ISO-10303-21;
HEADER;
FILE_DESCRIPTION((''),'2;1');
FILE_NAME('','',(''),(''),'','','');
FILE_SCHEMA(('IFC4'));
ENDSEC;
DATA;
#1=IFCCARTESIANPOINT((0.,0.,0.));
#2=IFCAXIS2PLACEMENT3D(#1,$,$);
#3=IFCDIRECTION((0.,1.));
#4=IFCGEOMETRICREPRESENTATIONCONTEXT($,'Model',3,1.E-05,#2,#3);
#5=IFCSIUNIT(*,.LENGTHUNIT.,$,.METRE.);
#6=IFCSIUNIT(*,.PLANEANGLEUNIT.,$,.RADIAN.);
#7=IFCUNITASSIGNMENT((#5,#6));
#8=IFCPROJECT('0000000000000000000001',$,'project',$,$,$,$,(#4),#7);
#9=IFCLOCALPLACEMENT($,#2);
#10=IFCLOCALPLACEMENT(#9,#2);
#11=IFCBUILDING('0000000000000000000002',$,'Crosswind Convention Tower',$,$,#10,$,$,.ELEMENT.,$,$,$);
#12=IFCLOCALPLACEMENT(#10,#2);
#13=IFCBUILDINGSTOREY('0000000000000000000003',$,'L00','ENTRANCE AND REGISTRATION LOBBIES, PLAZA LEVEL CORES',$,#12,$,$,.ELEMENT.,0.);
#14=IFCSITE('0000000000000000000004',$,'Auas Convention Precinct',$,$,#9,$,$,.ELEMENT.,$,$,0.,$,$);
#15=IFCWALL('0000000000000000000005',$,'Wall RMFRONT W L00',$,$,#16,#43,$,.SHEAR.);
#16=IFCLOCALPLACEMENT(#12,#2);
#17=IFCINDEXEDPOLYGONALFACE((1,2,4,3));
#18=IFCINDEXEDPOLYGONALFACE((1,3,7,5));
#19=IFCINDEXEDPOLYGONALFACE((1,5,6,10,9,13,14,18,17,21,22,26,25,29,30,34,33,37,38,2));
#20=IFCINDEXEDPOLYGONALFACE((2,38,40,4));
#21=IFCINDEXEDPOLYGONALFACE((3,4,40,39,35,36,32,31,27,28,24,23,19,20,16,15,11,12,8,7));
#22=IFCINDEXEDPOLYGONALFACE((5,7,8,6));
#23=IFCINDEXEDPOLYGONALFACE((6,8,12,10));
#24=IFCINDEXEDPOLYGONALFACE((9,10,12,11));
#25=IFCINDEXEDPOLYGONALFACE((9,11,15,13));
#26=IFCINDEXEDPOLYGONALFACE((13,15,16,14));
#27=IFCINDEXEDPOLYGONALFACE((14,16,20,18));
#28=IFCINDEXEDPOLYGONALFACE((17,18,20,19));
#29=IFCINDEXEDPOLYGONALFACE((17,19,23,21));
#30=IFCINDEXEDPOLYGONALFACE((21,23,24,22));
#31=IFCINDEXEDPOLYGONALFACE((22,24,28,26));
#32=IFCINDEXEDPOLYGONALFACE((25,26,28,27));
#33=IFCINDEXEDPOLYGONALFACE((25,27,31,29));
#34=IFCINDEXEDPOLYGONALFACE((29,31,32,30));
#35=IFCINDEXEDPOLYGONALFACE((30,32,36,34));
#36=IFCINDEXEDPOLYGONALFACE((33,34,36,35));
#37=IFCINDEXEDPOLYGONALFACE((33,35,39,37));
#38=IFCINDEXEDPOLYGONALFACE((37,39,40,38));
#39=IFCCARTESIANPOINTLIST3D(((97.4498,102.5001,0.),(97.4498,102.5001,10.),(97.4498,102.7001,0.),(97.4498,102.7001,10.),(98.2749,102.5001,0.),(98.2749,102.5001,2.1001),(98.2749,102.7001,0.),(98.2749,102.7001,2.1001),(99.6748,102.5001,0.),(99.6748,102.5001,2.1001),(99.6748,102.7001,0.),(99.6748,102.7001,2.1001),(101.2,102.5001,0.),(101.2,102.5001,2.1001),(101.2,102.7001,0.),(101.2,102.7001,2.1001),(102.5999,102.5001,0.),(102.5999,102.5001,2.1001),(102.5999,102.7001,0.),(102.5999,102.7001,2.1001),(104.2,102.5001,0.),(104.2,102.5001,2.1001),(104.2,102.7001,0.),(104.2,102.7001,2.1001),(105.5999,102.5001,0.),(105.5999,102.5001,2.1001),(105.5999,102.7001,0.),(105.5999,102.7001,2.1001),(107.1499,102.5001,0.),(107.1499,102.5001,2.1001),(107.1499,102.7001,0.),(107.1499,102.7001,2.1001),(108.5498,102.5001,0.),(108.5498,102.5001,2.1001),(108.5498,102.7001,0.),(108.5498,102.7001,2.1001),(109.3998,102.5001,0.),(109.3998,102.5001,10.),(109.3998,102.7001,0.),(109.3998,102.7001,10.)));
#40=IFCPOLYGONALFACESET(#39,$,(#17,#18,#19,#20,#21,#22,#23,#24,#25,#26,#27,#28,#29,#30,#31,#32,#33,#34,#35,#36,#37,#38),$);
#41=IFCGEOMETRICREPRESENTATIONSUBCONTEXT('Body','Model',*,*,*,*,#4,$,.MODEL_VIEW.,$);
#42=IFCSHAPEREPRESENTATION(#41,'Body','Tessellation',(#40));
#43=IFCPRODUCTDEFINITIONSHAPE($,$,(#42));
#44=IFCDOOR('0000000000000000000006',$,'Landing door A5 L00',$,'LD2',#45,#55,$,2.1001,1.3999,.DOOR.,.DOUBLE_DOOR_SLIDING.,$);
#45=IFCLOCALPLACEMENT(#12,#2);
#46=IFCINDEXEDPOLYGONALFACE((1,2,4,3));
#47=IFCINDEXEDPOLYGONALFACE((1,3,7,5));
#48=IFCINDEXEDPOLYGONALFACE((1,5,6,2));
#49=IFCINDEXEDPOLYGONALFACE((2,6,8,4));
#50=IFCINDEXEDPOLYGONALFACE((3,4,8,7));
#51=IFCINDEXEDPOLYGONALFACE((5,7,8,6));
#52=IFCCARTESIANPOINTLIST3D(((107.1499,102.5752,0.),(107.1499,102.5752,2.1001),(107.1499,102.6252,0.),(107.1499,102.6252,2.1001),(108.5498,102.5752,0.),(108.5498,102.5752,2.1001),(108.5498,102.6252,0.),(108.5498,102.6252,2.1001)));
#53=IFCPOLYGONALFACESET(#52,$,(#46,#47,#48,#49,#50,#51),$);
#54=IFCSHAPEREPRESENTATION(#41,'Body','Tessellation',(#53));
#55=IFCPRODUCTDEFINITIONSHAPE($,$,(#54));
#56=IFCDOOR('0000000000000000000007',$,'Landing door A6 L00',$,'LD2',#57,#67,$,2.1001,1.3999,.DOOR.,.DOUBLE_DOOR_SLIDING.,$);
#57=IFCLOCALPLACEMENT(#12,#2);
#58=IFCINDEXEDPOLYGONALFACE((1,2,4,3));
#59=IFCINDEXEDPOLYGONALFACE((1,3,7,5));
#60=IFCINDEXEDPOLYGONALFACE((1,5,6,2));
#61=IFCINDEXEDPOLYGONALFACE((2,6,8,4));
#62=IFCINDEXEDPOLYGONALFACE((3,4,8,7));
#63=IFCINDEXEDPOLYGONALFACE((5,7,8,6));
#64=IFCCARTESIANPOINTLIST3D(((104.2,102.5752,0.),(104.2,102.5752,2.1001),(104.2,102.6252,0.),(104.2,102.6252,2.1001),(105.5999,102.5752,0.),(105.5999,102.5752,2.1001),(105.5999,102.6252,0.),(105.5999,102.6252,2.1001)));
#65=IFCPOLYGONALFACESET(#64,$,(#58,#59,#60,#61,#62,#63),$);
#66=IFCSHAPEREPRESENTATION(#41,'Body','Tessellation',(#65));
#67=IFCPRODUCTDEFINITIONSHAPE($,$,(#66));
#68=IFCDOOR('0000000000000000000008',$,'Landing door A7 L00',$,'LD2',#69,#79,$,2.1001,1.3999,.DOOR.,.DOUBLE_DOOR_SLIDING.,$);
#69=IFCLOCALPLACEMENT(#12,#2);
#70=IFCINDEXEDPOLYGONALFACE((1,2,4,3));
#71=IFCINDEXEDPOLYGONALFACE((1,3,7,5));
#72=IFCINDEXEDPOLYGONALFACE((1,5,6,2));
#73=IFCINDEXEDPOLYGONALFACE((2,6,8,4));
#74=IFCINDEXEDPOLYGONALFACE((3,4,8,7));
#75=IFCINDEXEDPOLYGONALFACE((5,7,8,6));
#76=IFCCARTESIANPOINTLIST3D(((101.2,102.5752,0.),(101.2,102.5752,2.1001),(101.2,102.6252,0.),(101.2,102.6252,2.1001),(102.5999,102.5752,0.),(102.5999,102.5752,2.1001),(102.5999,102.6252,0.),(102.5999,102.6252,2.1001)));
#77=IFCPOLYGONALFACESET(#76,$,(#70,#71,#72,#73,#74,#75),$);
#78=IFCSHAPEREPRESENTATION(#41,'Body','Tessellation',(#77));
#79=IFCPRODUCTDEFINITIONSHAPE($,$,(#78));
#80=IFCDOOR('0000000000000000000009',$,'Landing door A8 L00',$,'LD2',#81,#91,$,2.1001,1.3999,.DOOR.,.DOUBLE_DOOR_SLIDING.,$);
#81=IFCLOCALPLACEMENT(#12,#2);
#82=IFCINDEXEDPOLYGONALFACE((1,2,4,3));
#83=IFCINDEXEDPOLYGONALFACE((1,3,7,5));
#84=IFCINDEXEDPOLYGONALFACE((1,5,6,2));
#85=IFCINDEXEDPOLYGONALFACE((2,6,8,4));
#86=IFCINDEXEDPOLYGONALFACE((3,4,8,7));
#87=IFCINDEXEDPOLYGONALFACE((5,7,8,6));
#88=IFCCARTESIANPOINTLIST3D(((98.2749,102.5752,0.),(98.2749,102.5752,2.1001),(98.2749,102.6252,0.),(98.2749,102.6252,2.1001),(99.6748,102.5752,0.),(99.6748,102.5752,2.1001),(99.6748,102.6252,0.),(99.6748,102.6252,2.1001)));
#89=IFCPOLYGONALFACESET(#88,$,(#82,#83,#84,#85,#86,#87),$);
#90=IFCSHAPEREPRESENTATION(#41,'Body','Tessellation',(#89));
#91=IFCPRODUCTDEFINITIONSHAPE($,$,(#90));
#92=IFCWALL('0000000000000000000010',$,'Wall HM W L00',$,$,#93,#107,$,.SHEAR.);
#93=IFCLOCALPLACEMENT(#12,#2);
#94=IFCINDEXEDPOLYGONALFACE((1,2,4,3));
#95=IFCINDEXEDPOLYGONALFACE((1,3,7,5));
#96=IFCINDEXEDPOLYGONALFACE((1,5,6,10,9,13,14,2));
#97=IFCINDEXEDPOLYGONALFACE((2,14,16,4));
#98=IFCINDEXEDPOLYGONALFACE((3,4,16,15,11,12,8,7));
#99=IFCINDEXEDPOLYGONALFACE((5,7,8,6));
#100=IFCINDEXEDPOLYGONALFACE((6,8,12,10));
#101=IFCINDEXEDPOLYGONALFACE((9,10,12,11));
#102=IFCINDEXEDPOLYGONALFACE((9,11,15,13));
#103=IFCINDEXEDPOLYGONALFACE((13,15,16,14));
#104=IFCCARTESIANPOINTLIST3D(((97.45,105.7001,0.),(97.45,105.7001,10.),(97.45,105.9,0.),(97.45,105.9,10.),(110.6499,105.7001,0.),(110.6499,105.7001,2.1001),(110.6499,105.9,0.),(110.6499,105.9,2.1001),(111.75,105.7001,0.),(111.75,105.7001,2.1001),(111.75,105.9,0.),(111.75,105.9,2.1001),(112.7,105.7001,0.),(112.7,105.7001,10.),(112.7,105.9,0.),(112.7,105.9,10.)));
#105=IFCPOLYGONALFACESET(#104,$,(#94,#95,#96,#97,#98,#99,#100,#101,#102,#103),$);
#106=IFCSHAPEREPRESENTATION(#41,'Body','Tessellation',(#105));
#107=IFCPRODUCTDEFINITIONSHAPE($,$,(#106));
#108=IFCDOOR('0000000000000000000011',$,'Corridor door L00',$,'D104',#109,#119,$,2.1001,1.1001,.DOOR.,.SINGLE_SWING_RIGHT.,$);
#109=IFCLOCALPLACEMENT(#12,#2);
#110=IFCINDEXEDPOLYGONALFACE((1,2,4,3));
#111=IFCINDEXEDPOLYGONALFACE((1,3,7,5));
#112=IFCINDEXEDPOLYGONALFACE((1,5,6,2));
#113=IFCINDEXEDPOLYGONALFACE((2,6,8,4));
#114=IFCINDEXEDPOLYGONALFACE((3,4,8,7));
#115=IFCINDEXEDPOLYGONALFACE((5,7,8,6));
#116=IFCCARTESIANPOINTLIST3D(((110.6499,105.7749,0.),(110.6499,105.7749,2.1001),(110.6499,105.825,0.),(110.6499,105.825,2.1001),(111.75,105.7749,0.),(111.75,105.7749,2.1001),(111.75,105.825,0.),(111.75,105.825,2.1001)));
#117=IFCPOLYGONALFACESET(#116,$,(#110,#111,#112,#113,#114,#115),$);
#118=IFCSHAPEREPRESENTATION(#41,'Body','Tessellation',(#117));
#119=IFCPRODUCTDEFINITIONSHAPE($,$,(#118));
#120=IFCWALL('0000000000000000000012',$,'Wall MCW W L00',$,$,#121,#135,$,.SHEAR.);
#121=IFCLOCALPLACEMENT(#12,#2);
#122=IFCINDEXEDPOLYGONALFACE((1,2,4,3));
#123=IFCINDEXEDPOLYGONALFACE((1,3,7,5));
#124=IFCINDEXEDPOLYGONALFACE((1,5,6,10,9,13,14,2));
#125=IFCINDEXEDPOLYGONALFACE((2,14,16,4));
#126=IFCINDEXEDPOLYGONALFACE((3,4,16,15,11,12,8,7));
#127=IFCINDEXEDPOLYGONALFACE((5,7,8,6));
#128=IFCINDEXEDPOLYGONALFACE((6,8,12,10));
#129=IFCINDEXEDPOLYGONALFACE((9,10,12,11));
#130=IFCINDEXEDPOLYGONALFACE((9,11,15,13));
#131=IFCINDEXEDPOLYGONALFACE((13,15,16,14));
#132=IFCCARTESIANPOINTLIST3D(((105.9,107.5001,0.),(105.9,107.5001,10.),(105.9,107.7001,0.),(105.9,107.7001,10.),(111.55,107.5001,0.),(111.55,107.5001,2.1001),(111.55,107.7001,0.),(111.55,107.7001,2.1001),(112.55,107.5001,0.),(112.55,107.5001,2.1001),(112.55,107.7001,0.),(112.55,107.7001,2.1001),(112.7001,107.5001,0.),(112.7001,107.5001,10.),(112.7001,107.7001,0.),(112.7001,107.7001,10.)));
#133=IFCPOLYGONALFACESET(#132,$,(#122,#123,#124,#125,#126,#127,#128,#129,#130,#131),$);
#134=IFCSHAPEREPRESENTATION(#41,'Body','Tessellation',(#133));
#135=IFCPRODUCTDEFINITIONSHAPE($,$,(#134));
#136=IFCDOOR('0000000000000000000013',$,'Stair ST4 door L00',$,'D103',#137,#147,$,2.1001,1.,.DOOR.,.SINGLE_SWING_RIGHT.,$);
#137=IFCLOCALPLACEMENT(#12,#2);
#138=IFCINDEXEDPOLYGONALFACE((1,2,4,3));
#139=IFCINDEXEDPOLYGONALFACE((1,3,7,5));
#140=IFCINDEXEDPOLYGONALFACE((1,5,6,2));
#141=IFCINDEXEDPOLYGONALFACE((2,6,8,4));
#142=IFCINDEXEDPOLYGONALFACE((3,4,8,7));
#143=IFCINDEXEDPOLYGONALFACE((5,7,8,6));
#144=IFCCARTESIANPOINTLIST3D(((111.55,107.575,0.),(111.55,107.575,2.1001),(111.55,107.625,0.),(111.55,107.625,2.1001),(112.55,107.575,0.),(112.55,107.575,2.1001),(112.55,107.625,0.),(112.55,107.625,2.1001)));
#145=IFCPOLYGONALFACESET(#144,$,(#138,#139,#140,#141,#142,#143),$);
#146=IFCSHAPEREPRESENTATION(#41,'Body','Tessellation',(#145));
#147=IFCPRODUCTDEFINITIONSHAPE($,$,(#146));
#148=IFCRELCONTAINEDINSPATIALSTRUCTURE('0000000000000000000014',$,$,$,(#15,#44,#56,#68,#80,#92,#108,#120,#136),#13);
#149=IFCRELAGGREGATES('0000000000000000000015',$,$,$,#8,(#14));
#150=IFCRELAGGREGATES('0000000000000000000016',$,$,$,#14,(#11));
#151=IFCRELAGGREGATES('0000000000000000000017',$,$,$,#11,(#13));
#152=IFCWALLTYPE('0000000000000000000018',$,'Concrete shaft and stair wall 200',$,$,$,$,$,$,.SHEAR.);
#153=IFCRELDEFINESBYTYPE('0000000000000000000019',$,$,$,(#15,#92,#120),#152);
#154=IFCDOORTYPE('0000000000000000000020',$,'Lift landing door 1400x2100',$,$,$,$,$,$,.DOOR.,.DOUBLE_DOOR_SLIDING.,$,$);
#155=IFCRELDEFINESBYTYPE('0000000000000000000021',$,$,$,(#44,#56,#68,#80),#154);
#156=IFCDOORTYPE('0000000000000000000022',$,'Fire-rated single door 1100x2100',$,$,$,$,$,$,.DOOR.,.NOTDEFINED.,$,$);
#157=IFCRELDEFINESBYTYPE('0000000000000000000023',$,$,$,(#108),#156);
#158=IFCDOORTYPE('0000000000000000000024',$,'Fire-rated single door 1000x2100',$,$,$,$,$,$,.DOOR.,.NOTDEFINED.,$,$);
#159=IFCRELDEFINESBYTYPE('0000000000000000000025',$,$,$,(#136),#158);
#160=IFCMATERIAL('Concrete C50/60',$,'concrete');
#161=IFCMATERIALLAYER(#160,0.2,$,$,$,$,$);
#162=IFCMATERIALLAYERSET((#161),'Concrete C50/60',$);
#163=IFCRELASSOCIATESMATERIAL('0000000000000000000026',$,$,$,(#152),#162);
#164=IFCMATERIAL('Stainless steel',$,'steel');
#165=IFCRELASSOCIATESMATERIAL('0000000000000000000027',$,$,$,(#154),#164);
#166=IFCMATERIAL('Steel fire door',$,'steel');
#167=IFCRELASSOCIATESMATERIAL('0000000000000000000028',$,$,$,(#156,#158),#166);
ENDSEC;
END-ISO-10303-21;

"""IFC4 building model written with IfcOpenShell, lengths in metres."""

from ifc_helpers import new_model, si_unit, direction, frame, frame_2d, origin, place, context, subcontext, project, spatial, rectangle, extrude, material, layer, layer_set, type_object, element, fill, save


model = new_model("IFC4")

# Units and contexts
model_context = context("Model", 3, precision=1e-05, world=origin(), true_north=direction((0.0, 1.0)))
body_context = subcontext(model_context, "Body", "Model", "MODEL_VIEW")
ifc_project = project(units=[si_unit("LENGTHUNIT", "METRE"), si_unit("PLANEANGLEUNIT", "RADIAN")], contexts=[model_context])

# Site, building, storey
site_placement = place(None, origin())
site = spatial("IfcSite", under=ifc_project, at=site_placement, Name="Auas Convention Precinct", CompositionType="ELEMENT", RefElevation=0.0)
building_placement = place(site_placement, origin())
building = spatial("IfcBuilding", under=site, at=building_placement, Name="Crosswind Convention Tower", CompositionType="ELEMENT")
storey_placement = place(building_placement, origin())
storey = spatial("IfcBuildingStorey", under=building, at=storey_placement, Name="L00", Description="ENTRANCE AND REGISTRATION LOBBIES, PLAZA LEVEL CORES", CompositionType="ELEMENT", Elevation=0.0)

# Shared definitions
ifc_material_1 = material(Name="Concrete C50/60", Category="concrete")

# Shared definitions
ifc_layer_1 = layer(ifc_material_1, 0.2)
ifc_layer_set_1 = layer_set([ifc_layer_1], Name="Concrete C50/60")
wall_type_1 = type_object("IfcWallType", Name="Concrete shaft and stair wall 200", PredefinedType="SHEAR", material=ifc_layer_set_1)

# Wall, openings, doors
wall_1_placement = place(storey_placement, frame((109.3999, 102.6001, 0.0), z_axis=(0.0, 0.0, 1.0), x_axis=(-1.0, 0.0, 0.0)))
wall_1 = element("IfcWall", 1, at=wall_1_placement, inside=storey, type_object=wall_type_1, Name="Wall RMFRONT W L00", PredefinedType="SHEAR", context=body_context, shape_type="SweptSolid", body=[
    extrude(rectangle(XDim=11.95, YDim=0.2, at=frame_2d((5.9751, 0.0))), origin(), (0.0, 0.0, 1.0), 10.0),
])
opening_1_placement = place(wall_1_placement, frame((0.8501, 0.0, 0.0)))
opening_1 = element("IfcOpeningElement", 2, at=opening_1_placement, cuts=wall_1, PredefinedType="OPENING", context=body_context, shape_type="SweptSolid", body=[
    extrude(rectangle(XDim=1.3999, YDim=2.1001, at=frame_2d((0.7, 1.05))), frame((0.0, 0.1099, 0.0), z_axis=(0.0, -1.0, 0.0), x_axis=(1.0, 0.0, 0.0)), (0.0, 0.0, 1.0), 0.22),
])
opening_2_placement = place(wall_1_placement, frame((3.8, 0.0, 0.0)))
opening_2 = element("IfcOpeningElement", 3, at=opening_2_placement, cuts=wall_1, PredefinedType="OPENING", context=body_context, shape_type="SweptSolid", body=[
    extrude(rectangle(XDim=1.3999, YDim=2.1001, at=frame_2d((0.7, 1.05))), frame((0.0, 0.1099, 0.0), z_axis=(0.0, -1.0, 0.0), x_axis=(1.0, 0.0, 0.0)), (0.0, 0.0, 1.0), 0.22),
])
opening_3_placement = place(wall_1_placement, frame((6.8, 0.0, 0.0)))
opening_3 = element("IfcOpeningElement", 4, at=opening_3_placement, cuts=wall_1, PredefinedType="OPENING", context=body_context, shape_type="SweptSolid", body=[
    extrude(rectangle(XDim=1.3999, YDim=2.1001, at=frame_2d((0.7, 1.05))), frame((0.0, 0.1099, 0.0), z_axis=(0.0, -1.0, 0.0), x_axis=(1.0, 0.0, 0.0)), (0.0, 0.0, 1.0), 0.22),
])
opening_4_placement = place(wall_1_placement, frame((9.7251, 0.0, 0.0)))
opening_4 = element("IfcOpeningElement", 5, at=opening_4_placement, cuts=wall_1, PredefinedType="OPENING", context=body_context, shape_type="SweptSolid", body=[
    extrude(rectangle(XDim=1.3999, YDim=2.1001, at=frame_2d((0.7, 1.05))), frame((0.0, 0.1099, 0.0), z_axis=(0.0, -1.0, 0.0), x_axis=(1.0, 0.0, 0.0)), (0.0, 0.0, 1.0), 0.22),
])
ifc_material_2 = material(Name="Stainless steel", Category="steel")
door_type_1 = type_object("IfcDoorType", Name="Lift landing door 1400x2100", OperationType="DOUBLE_DOOR_SLIDING", PredefinedType="DOOR", material=ifc_material_2)
door_1_placement = place(opening_1_placement, origin())
door_1 = element("IfcDoor", 6, at=door_1_placement, inside=storey, type_object=door_type_1, Name="Landing door A5 L00", ObjectType="LD2", OperationType="DOUBLE_DOOR_SLIDING", OverallHeight=2.1001, OverallWidth=1.3999, PredefinedType="DOOR", context=body_context, shape_type="SweptSolid", body=[
    extrude(rectangle(XDim=1.3999, YDim=2.1001, at=frame_2d((0.7, 1.05))), frame((0.0, 0.0249, 0.0), z_axis=(0.0, -1.0, 0.0), x_axis=(1.0, 0.0, 0.0)), (0.0, 0.0, 1.0), 0.05),
])
fill(opening_1, door_1)
door_2_placement = place(opening_2_placement, origin())
door_2 = element("IfcDoor", 7, at=door_2_placement, inside=storey, type_object=door_type_1, Name="Landing door A6 L00", ObjectType="LD2", OperationType="DOUBLE_DOOR_SLIDING", OverallHeight=2.1001, OverallWidth=1.3999, PredefinedType="DOOR", context=body_context, shape_type="SweptSolid", body=[
    extrude(rectangle(XDim=1.3999, YDim=2.1001, at=frame_2d((0.7, 1.05))), frame((0.0, 0.0249, 0.0), z_axis=(0.0, -1.0, 0.0), x_axis=(1.0, 0.0, 0.0)), (0.0, 0.0, 1.0), 0.05),
])
fill(opening_2, door_2)
door_3_placement = place(opening_3_placement, origin())
door_3 = element("IfcDoor", 8, at=door_3_placement, inside=storey, type_object=door_type_1, Name="Landing door A7 L00", ObjectType="LD2", OperationType="DOUBLE_DOOR_SLIDING", OverallHeight=2.1001, OverallWidth=1.3999, PredefinedType="DOOR", context=body_context, shape_type="SweptSolid", body=[
    extrude(rectangle(XDim=1.3999, YDim=2.1001, at=frame_2d((0.7, 1.05))), frame((0.0, 0.0249, 0.0), z_axis=(0.0, -1.0, 0.0), x_axis=(1.0, 0.0, 0.0)), (0.0, 0.0, 1.0), 0.05),
])
fill(opening_3, door_3)
door_4_placement = place(opening_4_placement, origin())
door_4 = element("IfcDoor", 9, at=door_4_placement, inside=storey, type_object=door_type_1, Name="Landing door A8 L00", ObjectType="LD2", OperationType="DOUBLE_DOOR_SLIDING", OverallHeight=2.1001, OverallWidth=1.3999, PredefinedType="DOOR", context=body_context, shape_type="SweptSolid", body=[
    extrude(rectangle(XDim=1.3999, YDim=2.1001, at=frame_2d((0.7, 1.05))), frame((0.0, 0.0249, 0.0), z_axis=(0.0, -1.0, 0.0), x_axis=(1.0, 0.0, 0.0)), (0.0, 0.0, 1.0), 0.05),
])
fill(opening_4, door_4)

# Walls, openings, doors
wall_2_placement = place(storey_placement, frame((112.7, 105.8, 0.0), z_axis=(0.0, 0.0, 1.0), x_axis=(-1.0, 0.0, 0.0)))
wall_2 = element("IfcWall", 10, at=wall_2_placement, inside=storey, type_object=wall_type_1, Name="Wall HM W L00", PredefinedType="SHEAR", context=body_context, shape_type="SweptSolid", body=[
    extrude(rectangle(XDim=15.25, YDim=0.2, at=frame_2d((7.625, 0.0))), origin(), (0.0, 0.0, 1.0), 10.0),
])
opening_5_placement = place(wall_2_placement, frame((0.95, 0.0, 0.0)))
opening_5 = element("IfcOpeningElement", 11, at=opening_5_placement, cuts=wall_2, PredefinedType="OPENING", context=body_context, shape_type="SweptSolid", body=[
    extrude(rectangle(XDim=1.1001, YDim=2.1001, at=frame_2d((0.55, 1.05))), frame((0.0, 0.1099, 0.0), z_axis=(0.0, -1.0, 0.0), x_axis=(1.0, 0.0, 0.0)), (0.0, 0.0, 1.0), 0.22),
])
ifc_material_3 = material(Name="Steel fire door", Category="steel")
door_type_2 = type_object("IfcDoorType", Name="Fire-rated single door 1100x2100", OperationType="NOTDEFINED", PredefinedType="DOOR", material=ifc_material_3)
door_5_placement = place(opening_5_placement, frame((1.1001, 0.0, 0.0), z_axis=(0.0, 0.0, 1.0), x_axis=(-1.0, 0.0, 0.0)))
door_5 = element("IfcDoor", 12, at=door_5_placement, inside=storey, type_object=door_type_2, Name="Corridor door L00", ObjectType="D104", OperationType="SINGLE_SWING_RIGHT", OverallHeight=2.1001, OverallWidth=1.1001, PredefinedType="DOOR", context=body_context, shape_type="SweptSolid", body=[
    extrude(rectangle(XDim=1.1001, YDim=2.1001, at=frame_2d((0.55, 1.05))), frame((0.0, 0.0249, 0.0), z_axis=(0.0, -1.0, 0.0), x_axis=(1.0, 0.0, 0.0)), (0.0, 0.0, 1.0), 0.05),
])
fill(opening_5, door_5)
wall_3_placement = place(storey_placement, frame((112.7, 107.6001, 0.0), z_axis=(0.0, 0.0, 1.0), x_axis=(-1.0, 0.0, 0.0)))
wall_3 = element("IfcWall", 13, at=wall_3_placement, inside=storey, type_object=wall_type_1, Name="Wall MCW W L00", PredefinedType="SHEAR", context=body_context, shape_type="SweptSolid", body=[
    extrude(rectangle(XDim=6.8, YDim=0.2, at=frame_2d((3.3999, 0.0))), origin(), (0.0, 0.0, 1.0), 10.0),
])
opening_6_placement = place(wall_3_placement, frame((0.1499, 0.0, 0.0)))
opening_6 = element("IfcOpeningElement", 14, at=opening_6_placement, cuts=wall_3, PredefinedType="OPENING", context=body_context, shape_type="SweptSolid", body=[
    extrude(rectangle(XDim=1.0, YDim=2.1001, at=frame_2d((0.5, 1.05))), frame((0.0, 0.1099, 0.0), z_axis=(0.0, -1.0, 0.0), x_axis=(1.0, 0.0, 0.0)), (0.0, 0.0, 1.0), 0.22),
])
door_type_3 = type_object("IfcDoorType", Name="Fire-rated single door 1000x2100", OperationType="NOTDEFINED", PredefinedType="DOOR", material=ifc_material_3)
door_6_placement = place(opening_6_placement, frame((1.0, 0.0, 0.0), z_axis=(0.0, 0.0, 1.0), x_axis=(-1.0, 0.0, 0.0)))
door_6 = element("IfcDoor", 15, at=door_6_placement, inside=storey, type_object=door_type_3, Name="Stair ST4 door L00", ObjectType="D103", OperationType="SINGLE_SWING_RIGHT", OverallHeight=2.1001, OverallWidth=1.0, PredefinedType="DOOR", context=body_context, shape_type="SweptSolid", body=[
    extrude(rectangle(XDim=1.0, YDim=2.1001, at=frame_2d((0.5, 1.05))), frame((0.0, 0.0249, 0.0), z_axis=(0.0, -1.0, 0.0), x_axis=(1.0, 0.0, 0.0)), (0.0, 0.0, 1.0), 0.05),
])
fill(opening_6, door_6)

save(model, "model.ifc")
